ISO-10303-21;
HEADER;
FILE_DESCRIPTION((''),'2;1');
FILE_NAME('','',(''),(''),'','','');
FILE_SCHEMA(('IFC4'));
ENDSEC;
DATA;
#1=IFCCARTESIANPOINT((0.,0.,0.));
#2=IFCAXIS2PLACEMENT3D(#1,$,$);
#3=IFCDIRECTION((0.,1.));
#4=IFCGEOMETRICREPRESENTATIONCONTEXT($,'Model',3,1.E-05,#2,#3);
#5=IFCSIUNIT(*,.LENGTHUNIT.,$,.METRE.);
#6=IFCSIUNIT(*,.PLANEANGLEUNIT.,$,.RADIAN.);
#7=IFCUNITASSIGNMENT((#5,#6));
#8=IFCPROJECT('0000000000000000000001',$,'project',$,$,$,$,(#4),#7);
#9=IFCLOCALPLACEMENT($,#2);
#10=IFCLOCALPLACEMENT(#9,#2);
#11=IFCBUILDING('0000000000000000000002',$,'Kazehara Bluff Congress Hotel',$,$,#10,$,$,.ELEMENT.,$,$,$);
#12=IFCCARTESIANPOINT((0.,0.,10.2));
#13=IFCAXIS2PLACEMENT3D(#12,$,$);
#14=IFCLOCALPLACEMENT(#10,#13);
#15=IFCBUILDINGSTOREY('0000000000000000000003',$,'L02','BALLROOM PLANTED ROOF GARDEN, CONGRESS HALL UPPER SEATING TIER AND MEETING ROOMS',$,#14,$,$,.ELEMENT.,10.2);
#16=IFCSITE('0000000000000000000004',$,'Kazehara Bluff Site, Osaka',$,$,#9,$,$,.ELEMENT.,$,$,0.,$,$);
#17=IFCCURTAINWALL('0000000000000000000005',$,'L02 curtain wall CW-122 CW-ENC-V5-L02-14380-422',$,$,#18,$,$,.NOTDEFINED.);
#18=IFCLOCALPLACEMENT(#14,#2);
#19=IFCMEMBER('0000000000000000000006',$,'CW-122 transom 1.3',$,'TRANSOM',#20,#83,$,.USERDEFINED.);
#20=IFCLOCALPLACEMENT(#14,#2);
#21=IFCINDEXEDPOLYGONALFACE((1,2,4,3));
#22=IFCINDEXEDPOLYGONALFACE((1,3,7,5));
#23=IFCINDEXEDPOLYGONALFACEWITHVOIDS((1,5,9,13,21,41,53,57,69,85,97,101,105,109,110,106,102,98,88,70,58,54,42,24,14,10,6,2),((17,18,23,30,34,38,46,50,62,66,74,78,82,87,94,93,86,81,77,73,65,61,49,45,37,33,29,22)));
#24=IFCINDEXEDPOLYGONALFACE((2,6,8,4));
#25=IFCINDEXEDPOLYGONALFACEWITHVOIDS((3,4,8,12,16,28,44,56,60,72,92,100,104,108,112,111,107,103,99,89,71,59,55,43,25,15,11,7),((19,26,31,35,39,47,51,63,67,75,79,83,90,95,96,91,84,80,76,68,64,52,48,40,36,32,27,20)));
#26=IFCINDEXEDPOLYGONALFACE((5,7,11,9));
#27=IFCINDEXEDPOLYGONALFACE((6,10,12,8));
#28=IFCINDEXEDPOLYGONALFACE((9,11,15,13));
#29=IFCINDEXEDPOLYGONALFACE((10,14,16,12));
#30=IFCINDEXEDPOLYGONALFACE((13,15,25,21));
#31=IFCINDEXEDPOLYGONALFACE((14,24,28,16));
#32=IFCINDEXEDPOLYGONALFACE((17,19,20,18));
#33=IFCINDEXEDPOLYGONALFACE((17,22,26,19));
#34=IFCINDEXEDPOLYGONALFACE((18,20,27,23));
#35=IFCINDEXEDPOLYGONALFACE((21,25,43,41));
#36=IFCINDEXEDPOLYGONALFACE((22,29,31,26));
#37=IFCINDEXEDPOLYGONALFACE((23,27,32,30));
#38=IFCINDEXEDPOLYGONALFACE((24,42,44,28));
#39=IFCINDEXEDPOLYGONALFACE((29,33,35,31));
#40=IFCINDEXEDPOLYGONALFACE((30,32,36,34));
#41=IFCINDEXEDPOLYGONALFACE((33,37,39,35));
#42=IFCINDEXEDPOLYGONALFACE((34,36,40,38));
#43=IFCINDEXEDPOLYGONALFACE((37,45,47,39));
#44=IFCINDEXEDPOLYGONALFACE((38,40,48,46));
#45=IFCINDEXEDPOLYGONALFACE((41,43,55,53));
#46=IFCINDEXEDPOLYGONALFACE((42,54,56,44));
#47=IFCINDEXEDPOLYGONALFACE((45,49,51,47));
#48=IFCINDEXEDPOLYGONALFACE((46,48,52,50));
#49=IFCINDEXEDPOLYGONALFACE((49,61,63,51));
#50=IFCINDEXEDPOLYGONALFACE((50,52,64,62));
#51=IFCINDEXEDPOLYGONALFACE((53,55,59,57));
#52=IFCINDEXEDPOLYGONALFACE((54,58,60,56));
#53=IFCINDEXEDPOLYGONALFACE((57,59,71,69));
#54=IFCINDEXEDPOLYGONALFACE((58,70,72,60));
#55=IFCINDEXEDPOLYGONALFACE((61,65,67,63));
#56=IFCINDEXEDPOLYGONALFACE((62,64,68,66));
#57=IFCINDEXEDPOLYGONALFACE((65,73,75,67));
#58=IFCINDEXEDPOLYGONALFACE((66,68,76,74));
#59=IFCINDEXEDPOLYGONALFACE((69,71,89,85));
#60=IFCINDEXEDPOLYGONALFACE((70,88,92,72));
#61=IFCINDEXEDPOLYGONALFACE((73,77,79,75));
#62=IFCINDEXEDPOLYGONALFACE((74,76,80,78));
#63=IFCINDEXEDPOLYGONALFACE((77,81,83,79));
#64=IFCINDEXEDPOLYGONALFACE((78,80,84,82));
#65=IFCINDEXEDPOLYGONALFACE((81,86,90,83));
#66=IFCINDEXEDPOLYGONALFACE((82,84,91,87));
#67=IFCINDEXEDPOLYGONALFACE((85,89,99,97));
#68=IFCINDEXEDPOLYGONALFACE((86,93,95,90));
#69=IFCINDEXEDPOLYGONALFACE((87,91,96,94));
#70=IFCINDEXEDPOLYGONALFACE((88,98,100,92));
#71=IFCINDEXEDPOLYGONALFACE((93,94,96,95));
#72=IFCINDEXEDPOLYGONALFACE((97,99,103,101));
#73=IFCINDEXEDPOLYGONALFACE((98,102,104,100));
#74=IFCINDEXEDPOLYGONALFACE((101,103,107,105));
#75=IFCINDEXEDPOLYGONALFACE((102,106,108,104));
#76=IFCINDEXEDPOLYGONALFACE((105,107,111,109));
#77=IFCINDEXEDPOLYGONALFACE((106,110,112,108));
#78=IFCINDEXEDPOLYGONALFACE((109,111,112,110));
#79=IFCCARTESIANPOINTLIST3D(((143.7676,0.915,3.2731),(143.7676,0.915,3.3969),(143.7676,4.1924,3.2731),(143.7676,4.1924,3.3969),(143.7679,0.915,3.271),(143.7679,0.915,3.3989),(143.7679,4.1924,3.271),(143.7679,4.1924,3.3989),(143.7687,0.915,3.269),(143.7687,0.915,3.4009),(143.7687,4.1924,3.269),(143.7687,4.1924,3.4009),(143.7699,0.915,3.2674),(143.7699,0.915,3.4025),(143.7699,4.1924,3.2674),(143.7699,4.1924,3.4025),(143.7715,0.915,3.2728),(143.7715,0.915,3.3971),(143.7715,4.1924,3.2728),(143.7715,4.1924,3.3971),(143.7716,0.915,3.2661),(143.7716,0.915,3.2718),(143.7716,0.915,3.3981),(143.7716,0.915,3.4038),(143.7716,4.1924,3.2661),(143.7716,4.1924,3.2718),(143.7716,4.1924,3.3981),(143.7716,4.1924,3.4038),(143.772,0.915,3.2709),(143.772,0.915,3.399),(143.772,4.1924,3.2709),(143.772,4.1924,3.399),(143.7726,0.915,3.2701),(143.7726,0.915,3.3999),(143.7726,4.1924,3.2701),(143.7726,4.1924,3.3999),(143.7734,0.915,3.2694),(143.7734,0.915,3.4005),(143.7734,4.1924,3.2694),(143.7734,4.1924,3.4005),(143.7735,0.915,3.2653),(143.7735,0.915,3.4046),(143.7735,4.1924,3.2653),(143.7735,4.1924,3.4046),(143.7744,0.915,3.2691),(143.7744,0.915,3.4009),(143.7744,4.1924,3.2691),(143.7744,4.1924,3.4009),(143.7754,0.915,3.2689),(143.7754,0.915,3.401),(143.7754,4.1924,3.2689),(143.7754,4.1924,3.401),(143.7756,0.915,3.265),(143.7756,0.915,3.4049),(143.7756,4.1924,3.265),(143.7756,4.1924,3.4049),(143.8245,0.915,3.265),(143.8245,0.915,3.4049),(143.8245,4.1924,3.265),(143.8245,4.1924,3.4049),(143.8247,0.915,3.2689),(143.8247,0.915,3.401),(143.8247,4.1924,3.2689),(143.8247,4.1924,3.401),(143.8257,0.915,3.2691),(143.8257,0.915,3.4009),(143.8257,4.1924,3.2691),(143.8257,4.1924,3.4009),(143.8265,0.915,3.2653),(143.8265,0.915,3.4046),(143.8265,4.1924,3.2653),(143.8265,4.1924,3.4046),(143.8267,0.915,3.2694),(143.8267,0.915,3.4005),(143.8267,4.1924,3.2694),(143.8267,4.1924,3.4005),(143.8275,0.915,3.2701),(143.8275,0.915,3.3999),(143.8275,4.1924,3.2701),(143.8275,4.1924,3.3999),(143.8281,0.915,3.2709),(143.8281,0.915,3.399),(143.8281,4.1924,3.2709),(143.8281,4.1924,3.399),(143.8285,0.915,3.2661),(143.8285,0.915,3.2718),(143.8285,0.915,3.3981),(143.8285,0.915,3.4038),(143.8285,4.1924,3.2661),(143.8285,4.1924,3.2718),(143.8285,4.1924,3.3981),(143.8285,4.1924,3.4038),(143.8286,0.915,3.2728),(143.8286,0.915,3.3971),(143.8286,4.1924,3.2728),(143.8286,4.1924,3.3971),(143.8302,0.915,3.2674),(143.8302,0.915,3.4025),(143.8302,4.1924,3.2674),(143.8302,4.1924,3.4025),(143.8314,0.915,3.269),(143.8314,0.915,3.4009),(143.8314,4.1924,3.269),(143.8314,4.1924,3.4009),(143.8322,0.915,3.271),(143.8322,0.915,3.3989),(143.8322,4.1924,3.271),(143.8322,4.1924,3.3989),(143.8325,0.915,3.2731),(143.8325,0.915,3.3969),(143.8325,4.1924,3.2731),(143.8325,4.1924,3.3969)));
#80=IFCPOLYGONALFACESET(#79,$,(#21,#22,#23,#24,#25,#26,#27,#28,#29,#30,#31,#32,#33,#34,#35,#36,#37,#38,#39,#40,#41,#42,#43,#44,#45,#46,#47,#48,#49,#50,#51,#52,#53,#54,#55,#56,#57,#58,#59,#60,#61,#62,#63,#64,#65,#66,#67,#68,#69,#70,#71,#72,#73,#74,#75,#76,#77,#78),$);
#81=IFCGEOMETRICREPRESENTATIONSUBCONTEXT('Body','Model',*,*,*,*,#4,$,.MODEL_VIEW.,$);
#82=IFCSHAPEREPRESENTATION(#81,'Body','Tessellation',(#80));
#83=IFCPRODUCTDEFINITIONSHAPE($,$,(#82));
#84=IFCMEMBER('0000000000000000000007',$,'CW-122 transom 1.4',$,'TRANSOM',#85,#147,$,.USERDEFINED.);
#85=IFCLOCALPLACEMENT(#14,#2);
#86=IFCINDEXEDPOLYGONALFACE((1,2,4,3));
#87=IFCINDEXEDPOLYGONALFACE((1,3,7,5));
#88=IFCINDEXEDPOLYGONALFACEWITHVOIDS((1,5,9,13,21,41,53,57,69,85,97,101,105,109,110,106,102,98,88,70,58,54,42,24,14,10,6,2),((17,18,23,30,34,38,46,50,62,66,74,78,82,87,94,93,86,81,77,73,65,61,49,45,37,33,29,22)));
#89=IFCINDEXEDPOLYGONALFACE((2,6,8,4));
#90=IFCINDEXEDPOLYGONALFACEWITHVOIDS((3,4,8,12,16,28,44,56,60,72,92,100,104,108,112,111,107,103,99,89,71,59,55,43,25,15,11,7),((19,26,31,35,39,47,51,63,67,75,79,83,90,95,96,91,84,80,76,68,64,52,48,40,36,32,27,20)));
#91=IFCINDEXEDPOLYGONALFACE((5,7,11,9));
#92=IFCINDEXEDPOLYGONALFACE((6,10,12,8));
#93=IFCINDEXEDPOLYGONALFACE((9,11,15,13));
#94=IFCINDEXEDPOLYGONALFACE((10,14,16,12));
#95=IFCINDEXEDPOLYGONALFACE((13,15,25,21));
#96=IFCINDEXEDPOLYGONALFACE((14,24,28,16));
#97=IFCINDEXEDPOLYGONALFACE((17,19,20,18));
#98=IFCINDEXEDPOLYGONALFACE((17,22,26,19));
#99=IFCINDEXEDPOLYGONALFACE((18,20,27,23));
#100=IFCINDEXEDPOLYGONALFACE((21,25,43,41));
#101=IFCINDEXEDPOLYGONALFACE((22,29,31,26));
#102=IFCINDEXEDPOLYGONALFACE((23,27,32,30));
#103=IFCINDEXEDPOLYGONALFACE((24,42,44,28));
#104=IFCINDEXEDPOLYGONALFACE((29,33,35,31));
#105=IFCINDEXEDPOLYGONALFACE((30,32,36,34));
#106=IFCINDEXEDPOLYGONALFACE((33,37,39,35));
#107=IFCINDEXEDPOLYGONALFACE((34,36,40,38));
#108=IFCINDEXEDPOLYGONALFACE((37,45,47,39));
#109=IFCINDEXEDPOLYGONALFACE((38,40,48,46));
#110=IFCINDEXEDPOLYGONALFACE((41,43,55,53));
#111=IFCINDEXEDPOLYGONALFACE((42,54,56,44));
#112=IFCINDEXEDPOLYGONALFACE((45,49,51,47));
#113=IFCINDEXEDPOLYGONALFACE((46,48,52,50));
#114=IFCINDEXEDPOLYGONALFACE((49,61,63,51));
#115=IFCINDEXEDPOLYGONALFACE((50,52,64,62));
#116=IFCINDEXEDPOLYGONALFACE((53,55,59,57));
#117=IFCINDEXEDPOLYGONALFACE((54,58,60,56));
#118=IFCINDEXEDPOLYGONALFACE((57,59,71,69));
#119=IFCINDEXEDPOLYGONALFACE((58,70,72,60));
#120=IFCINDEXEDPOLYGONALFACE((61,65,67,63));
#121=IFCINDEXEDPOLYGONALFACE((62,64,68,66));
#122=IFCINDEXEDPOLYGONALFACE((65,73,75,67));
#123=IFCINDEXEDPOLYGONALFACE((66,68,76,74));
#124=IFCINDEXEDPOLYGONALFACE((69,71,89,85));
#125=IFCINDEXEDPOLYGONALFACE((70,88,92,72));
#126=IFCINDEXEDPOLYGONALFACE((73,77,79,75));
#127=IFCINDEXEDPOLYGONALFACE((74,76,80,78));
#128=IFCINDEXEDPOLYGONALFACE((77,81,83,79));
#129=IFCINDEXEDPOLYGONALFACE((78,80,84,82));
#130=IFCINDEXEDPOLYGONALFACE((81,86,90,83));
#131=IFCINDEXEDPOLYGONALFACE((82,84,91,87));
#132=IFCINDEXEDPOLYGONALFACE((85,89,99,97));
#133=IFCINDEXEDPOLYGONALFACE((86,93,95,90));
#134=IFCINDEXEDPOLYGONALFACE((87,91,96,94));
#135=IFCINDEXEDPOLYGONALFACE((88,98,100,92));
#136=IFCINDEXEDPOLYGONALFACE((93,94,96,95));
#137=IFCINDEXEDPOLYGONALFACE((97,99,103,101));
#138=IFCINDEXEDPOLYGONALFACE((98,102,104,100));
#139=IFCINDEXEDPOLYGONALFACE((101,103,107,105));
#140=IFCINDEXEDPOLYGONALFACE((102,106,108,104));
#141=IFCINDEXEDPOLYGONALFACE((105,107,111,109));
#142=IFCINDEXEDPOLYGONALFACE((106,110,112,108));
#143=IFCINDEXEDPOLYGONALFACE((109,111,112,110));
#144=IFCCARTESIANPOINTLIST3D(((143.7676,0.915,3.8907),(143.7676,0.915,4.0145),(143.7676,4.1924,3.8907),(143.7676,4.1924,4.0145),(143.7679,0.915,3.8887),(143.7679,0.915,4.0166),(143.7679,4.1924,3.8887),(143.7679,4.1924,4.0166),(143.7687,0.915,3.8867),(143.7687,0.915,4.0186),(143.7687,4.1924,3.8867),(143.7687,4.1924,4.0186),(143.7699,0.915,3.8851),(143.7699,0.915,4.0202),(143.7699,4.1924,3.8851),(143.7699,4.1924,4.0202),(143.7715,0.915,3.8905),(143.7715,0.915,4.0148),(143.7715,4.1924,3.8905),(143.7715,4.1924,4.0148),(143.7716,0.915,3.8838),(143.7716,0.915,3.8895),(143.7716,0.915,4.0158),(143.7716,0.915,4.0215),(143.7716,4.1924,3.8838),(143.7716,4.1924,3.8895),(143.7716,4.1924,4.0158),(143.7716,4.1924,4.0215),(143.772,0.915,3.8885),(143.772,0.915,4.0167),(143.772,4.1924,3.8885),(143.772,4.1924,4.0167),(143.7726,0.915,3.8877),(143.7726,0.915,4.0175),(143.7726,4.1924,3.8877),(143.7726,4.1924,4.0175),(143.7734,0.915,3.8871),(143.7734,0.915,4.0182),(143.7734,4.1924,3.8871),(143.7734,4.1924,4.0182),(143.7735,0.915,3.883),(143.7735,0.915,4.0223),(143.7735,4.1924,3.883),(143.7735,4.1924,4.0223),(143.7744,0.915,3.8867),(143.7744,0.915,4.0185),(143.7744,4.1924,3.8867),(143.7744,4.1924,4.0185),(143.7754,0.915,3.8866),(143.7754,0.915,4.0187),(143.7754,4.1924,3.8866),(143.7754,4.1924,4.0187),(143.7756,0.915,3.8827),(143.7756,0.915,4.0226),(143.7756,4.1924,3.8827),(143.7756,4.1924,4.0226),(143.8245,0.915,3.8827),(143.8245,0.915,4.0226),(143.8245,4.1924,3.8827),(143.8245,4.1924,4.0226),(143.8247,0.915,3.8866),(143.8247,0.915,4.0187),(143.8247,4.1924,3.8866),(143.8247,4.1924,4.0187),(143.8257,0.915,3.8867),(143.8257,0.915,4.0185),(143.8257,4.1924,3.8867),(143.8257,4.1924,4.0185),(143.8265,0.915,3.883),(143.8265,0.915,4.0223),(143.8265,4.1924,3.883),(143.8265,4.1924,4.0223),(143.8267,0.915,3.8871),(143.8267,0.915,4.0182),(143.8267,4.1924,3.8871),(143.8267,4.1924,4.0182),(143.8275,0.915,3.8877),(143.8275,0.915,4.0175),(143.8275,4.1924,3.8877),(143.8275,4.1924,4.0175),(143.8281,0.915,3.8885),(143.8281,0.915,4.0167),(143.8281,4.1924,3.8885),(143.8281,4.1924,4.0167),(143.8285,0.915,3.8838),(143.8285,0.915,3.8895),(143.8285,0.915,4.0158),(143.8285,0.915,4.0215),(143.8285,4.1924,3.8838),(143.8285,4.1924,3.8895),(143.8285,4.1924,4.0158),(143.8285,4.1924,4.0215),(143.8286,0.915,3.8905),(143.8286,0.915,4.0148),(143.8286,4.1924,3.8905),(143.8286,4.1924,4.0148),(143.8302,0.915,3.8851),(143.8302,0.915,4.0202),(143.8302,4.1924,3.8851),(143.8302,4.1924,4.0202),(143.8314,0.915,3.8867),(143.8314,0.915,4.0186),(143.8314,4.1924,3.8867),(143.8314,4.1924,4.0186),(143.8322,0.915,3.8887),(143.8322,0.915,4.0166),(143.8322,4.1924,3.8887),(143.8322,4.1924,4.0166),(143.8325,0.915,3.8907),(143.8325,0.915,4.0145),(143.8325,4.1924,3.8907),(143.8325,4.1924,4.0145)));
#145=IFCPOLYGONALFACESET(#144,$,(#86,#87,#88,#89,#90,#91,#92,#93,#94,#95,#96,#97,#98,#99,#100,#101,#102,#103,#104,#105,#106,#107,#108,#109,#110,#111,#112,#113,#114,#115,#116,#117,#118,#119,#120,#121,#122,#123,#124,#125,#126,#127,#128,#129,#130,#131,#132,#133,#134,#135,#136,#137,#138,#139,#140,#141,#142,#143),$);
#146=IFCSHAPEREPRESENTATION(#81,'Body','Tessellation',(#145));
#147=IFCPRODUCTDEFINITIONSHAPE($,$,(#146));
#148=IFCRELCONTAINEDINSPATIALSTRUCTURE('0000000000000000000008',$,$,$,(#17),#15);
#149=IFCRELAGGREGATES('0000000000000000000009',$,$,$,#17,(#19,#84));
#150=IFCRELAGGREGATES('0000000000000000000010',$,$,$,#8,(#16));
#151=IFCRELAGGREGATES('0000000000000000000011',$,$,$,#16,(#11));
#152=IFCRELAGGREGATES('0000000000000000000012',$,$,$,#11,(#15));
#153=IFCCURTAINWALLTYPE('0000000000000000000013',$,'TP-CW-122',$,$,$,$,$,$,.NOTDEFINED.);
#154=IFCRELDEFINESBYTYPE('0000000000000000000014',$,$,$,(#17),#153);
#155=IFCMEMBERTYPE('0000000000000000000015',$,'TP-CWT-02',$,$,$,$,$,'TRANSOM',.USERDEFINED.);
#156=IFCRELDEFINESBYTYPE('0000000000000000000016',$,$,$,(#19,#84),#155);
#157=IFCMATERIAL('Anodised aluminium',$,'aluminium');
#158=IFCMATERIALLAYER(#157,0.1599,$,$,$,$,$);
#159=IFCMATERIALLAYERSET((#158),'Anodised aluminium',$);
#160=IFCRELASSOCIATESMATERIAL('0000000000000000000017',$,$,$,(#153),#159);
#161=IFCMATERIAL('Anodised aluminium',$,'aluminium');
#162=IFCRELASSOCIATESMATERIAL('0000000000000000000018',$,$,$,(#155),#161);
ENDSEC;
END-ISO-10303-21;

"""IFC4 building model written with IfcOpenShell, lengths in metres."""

from ifc_helpers import new_model, si_unit, direction, frame, origin, origin_2d, place, context, subcontext, project, spatial, hollow_rectangle, extrude, material, layer, layer_set, material_profile, profile_set, type_object, element, aggregate, save


model = new_model("IFC4")

# Units and contexts
model_context = context("Model", 3, precision=1e-05, world=origin(), true_north=direction((0.0, 1.0)))
body_context = subcontext(model_context, "Body", "Model", "MODEL_VIEW")
ifc_project = project(units=[si_unit("LENGTHUNIT", "METRE"), si_unit("PLANEANGLEUNIT", "RADIAN")], contexts=[model_context])

# Site, building, storey
site_placement = place(None, origin())
site = spatial("IfcSite", under=ifc_project, at=site_placement, Name="Kazehara Bluff Site, Osaka", CompositionType="ELEMENT", RefElevation=0.0)
building_placement = place(site_placement, origin())
building = spatial("IfcBuilding", under=site, at=building_placement, Name="Kazehara Bluff Congress Hotel", CompositionType="ELEMENT")
storey_placement = place(building_placement, frame((0.0, 0.0, 10.2)))
storey = spatial("IfcBuildingStorey", under=building, at=storey_placement, Name="L02", Description="BALLROOM PLANTED ROOF GARDEN, CONGRESS HALL UPPER SEATING TIER AND MEETING ROOMS", CompositionType="ELEMENT", Elevation=10.2)

# Curtain wall
ifc_material_1 = material(Name="Anodised aluminium", Category="aluminium")
ifc_layer_1 = layer(ifc_material_1, 0.1599)
ifc_layer_set_1 = layer_set([ifc_layer_1], Name="Anodised aluminium")
curtain_wall_type_1 = type_object("IfcCurtainWallType", Name="TP-CW-122", PredefinedType="NOTDEFINED", material=ifc_layer_set_1)
curtain_wall_1_placement = place(storey_placement, origin())
curtain_wall_1 = element("IfcCurtainWall", 1, at=curtain_wall_1_placement, inside=storey, type_object=curtain_wall_type_1, Name="L02 curtain wall CW-122 CW-ENC-V5-L02-14380-422", PredefinedType="NOTDEFINED")

# Members
ifc_material_2 = material(Name="Anodised aluminium", Category="aluminium")
ifc_material_profile_1 = material_profile(ifc_material_2, hollow_rectangle(XDim=0.0649, YDim=0.1399, WallThickness=0.0039, InnerFilletRadius=0.0039, OuterFilletRadius=0.0081, at=origin_2d()))
ifc_profile_set_1 = profile_set([ifc_material_profile_1], Name="Anodised aluminium")
member_type_1 = type_object("IfcMemberType", Name="TP-CWT-02", ElementType="TRANSOM", PredefinedType="USERDEFINED", material=ifc_profile_set_1)
member_1_placement = place(storey_placement, frame((143.8, 0.915, 3.335), z_axis=(0.0, 1.0, 0.0), x_axis=(-1.0, 0.0, 0.0)))
member_1 = element("IfcMember", 2, at=member_1_placement, type_object=member_type_1, Name="CW-122 transom 1.3", ObjectType="TRANSOM", PredefinedType="USERDEFINED", context=body_context, shape_type="SweptSolid", body=[
    extrude(hollow_rectangle(XDim=0.0649, YDim=0.1399, WallThickness=0.0039, InnerFilletRadius=0.0039, OuterFilletRadius=0.0081, at=origin_2d()), origin(), (0.0, 0.0, 1.0), 3.2773),
])
member_2_placement = place(storey_placement, frame((143.8, 0.915, 3.9526), z_axis=(0.0, 1.0, 0.0), x_axis=(-1.0, 0.0, 0.0)))
member_2 = element("IfcMember", 3, at=member_2_placement, type_object=member_type_1, Name="CW-122 transom 1.4", ObjectType="TRANSOM", PredefinedType="USERDEFINED", context=body_context, shape_type="SweptSolid", body=[
    extrude(hollow_rectangle(XDim=0.0649, YDim=0.1399, WallThickness=0.0039, InnerFilletRadius=0.0039, OuterFilletRadius=0.0081, at=origin_2d()), origin(), (0.0, 0.0, 1.0), 3.2773),
])

aggregate(curtain_wall_1, [member_1, member_2])

save(model, "model.ifc")
